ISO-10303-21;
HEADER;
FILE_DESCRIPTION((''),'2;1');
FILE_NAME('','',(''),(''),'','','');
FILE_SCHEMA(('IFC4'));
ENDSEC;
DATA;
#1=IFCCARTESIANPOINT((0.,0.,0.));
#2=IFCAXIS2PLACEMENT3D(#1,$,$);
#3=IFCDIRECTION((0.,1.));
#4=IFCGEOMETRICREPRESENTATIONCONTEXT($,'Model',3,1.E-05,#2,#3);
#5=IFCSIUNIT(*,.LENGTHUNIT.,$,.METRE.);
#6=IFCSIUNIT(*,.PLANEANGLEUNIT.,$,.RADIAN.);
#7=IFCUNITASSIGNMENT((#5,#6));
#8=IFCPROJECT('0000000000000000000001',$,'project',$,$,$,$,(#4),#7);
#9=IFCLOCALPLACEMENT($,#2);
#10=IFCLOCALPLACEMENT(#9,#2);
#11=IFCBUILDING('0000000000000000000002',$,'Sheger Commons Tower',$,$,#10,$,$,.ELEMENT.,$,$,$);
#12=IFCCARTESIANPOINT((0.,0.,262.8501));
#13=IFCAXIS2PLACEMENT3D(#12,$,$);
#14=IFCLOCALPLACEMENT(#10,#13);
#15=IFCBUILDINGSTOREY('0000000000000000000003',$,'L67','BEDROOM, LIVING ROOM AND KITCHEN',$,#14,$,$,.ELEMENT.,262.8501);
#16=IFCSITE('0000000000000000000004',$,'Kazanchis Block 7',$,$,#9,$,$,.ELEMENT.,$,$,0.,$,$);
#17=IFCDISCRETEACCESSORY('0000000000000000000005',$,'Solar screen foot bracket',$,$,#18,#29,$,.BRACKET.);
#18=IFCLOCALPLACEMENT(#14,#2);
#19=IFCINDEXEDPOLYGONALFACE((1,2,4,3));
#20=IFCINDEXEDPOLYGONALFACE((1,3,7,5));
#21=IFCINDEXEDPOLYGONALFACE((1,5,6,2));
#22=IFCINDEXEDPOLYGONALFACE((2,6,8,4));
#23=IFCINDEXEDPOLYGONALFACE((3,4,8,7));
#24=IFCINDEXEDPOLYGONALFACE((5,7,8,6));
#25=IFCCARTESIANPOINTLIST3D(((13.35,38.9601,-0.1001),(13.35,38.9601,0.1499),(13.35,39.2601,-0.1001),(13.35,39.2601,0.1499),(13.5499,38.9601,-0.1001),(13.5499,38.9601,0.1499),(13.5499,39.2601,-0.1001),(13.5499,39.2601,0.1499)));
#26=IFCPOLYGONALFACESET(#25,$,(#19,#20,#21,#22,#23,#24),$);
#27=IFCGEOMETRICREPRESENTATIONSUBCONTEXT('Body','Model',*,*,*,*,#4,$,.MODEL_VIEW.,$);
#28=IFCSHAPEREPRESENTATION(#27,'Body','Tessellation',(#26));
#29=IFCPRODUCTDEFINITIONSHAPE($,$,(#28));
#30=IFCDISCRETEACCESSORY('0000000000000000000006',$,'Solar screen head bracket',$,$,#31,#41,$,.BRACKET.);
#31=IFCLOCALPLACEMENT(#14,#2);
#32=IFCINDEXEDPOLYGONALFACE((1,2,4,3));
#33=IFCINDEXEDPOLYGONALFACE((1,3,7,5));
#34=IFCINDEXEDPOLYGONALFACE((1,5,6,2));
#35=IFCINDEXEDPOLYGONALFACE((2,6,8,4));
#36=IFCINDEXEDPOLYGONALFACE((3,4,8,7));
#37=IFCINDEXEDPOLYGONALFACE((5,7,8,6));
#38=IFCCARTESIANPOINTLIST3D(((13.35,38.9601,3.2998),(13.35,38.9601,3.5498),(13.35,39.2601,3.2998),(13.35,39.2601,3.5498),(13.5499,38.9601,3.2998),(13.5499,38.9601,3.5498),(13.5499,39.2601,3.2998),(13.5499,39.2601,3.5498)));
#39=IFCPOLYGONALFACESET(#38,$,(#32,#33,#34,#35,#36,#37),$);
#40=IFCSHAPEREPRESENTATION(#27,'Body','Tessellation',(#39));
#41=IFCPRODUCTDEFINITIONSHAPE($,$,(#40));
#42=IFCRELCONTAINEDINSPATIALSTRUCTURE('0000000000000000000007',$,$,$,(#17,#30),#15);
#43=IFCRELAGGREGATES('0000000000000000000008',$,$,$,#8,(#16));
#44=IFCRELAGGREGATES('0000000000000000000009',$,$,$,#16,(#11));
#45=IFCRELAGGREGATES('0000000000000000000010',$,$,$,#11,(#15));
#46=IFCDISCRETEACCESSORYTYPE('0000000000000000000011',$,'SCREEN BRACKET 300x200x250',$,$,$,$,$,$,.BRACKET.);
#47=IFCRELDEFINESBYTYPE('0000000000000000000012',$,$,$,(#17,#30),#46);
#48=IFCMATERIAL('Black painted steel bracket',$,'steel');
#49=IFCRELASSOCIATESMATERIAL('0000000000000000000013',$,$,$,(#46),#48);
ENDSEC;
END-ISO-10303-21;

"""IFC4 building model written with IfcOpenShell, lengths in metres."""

from ifc_helpers import new_model, si_unit, direction, frame, origin, origin_2d, place, context, subcontext, project, spatial, rectangle, extrude, material, type_object, element, save


model = new_model("IFC4")

# Units and contexts
model_context = context("Model", 3, precision=1e-05, world=origin(), true_north=direction((0.0, 1.0)))
body_context = subcontext(model_context, "Body", "Model", "MODEL_VIEW")
ifc_project = project(units=[si_unit("LENGTHUNIT", "METRE"), si_unit("PLANEANGLEUNIT", "RADIAN")], contexts=[model_context])

# Site, building, storey
site_placement = place(None, origin())
site = spatial("IfcSite", under=ifc_project, at=site_placement, Name="Kazanchis Block 7", CompositionType="ELEMENT", RefElevation=0.0)
building_placement = place(site_placement, origin())
building = spatial("IfcBuilding", under=site, at=building_placement, Name="Sheger Commons Tower", CompositionType="ELEMENT")
storey_placement = place(building_placement, frame((0.0, 0.0, 262.8501)))
storey = spatial("IfcBuildingStorey", under=building, at=storey_placement, Name="L67", Description="BEDROOM, LIVING ROOM AND KITCHEN", CompositionType="ELEMENT", Elevation=262.8501)

# Discrete accessories
ifc_material_1 = material(Name="Black painted steel bracket", Category="steel")
discrete_accessory_type = type_object("IfcDiscreteAccessoryType", Name="SCREEN BRACKET 300x200x250", PredefinedType="BRACKET", material=ifc_material_1)
for number, where, z_axis, x_axis, name in (
    (1, (13.45, 39.1101, -0.1001), (0.0, 0.0, 1.0), (0.0, -1.0, 0.0), "Solar screen foot bracket"),
    (2, (13.45, 39.1101, 3.2998), (0.0, 0.0, 1.0), (0.0, -1.0, 0.0), "Solar screen head bracket"),
):
    element("IfcDiscreteAccessory", number, at=place(storey_placement, frame(where, z_axis=z_axis, x_axis=x_axis)), inside=storey, type_object=discrete_accessory_type, Name=name, PredefinedType="BRACKET", context=body_context, shape_type="SweptSolid", body=[
        extrude(rectangle(XDim=0.3, YDim=0.2, at=origin_2d()), origin(), (0.0, 0.0, 1.0), 0.25),
    ])

save(model, "model.ifc")
